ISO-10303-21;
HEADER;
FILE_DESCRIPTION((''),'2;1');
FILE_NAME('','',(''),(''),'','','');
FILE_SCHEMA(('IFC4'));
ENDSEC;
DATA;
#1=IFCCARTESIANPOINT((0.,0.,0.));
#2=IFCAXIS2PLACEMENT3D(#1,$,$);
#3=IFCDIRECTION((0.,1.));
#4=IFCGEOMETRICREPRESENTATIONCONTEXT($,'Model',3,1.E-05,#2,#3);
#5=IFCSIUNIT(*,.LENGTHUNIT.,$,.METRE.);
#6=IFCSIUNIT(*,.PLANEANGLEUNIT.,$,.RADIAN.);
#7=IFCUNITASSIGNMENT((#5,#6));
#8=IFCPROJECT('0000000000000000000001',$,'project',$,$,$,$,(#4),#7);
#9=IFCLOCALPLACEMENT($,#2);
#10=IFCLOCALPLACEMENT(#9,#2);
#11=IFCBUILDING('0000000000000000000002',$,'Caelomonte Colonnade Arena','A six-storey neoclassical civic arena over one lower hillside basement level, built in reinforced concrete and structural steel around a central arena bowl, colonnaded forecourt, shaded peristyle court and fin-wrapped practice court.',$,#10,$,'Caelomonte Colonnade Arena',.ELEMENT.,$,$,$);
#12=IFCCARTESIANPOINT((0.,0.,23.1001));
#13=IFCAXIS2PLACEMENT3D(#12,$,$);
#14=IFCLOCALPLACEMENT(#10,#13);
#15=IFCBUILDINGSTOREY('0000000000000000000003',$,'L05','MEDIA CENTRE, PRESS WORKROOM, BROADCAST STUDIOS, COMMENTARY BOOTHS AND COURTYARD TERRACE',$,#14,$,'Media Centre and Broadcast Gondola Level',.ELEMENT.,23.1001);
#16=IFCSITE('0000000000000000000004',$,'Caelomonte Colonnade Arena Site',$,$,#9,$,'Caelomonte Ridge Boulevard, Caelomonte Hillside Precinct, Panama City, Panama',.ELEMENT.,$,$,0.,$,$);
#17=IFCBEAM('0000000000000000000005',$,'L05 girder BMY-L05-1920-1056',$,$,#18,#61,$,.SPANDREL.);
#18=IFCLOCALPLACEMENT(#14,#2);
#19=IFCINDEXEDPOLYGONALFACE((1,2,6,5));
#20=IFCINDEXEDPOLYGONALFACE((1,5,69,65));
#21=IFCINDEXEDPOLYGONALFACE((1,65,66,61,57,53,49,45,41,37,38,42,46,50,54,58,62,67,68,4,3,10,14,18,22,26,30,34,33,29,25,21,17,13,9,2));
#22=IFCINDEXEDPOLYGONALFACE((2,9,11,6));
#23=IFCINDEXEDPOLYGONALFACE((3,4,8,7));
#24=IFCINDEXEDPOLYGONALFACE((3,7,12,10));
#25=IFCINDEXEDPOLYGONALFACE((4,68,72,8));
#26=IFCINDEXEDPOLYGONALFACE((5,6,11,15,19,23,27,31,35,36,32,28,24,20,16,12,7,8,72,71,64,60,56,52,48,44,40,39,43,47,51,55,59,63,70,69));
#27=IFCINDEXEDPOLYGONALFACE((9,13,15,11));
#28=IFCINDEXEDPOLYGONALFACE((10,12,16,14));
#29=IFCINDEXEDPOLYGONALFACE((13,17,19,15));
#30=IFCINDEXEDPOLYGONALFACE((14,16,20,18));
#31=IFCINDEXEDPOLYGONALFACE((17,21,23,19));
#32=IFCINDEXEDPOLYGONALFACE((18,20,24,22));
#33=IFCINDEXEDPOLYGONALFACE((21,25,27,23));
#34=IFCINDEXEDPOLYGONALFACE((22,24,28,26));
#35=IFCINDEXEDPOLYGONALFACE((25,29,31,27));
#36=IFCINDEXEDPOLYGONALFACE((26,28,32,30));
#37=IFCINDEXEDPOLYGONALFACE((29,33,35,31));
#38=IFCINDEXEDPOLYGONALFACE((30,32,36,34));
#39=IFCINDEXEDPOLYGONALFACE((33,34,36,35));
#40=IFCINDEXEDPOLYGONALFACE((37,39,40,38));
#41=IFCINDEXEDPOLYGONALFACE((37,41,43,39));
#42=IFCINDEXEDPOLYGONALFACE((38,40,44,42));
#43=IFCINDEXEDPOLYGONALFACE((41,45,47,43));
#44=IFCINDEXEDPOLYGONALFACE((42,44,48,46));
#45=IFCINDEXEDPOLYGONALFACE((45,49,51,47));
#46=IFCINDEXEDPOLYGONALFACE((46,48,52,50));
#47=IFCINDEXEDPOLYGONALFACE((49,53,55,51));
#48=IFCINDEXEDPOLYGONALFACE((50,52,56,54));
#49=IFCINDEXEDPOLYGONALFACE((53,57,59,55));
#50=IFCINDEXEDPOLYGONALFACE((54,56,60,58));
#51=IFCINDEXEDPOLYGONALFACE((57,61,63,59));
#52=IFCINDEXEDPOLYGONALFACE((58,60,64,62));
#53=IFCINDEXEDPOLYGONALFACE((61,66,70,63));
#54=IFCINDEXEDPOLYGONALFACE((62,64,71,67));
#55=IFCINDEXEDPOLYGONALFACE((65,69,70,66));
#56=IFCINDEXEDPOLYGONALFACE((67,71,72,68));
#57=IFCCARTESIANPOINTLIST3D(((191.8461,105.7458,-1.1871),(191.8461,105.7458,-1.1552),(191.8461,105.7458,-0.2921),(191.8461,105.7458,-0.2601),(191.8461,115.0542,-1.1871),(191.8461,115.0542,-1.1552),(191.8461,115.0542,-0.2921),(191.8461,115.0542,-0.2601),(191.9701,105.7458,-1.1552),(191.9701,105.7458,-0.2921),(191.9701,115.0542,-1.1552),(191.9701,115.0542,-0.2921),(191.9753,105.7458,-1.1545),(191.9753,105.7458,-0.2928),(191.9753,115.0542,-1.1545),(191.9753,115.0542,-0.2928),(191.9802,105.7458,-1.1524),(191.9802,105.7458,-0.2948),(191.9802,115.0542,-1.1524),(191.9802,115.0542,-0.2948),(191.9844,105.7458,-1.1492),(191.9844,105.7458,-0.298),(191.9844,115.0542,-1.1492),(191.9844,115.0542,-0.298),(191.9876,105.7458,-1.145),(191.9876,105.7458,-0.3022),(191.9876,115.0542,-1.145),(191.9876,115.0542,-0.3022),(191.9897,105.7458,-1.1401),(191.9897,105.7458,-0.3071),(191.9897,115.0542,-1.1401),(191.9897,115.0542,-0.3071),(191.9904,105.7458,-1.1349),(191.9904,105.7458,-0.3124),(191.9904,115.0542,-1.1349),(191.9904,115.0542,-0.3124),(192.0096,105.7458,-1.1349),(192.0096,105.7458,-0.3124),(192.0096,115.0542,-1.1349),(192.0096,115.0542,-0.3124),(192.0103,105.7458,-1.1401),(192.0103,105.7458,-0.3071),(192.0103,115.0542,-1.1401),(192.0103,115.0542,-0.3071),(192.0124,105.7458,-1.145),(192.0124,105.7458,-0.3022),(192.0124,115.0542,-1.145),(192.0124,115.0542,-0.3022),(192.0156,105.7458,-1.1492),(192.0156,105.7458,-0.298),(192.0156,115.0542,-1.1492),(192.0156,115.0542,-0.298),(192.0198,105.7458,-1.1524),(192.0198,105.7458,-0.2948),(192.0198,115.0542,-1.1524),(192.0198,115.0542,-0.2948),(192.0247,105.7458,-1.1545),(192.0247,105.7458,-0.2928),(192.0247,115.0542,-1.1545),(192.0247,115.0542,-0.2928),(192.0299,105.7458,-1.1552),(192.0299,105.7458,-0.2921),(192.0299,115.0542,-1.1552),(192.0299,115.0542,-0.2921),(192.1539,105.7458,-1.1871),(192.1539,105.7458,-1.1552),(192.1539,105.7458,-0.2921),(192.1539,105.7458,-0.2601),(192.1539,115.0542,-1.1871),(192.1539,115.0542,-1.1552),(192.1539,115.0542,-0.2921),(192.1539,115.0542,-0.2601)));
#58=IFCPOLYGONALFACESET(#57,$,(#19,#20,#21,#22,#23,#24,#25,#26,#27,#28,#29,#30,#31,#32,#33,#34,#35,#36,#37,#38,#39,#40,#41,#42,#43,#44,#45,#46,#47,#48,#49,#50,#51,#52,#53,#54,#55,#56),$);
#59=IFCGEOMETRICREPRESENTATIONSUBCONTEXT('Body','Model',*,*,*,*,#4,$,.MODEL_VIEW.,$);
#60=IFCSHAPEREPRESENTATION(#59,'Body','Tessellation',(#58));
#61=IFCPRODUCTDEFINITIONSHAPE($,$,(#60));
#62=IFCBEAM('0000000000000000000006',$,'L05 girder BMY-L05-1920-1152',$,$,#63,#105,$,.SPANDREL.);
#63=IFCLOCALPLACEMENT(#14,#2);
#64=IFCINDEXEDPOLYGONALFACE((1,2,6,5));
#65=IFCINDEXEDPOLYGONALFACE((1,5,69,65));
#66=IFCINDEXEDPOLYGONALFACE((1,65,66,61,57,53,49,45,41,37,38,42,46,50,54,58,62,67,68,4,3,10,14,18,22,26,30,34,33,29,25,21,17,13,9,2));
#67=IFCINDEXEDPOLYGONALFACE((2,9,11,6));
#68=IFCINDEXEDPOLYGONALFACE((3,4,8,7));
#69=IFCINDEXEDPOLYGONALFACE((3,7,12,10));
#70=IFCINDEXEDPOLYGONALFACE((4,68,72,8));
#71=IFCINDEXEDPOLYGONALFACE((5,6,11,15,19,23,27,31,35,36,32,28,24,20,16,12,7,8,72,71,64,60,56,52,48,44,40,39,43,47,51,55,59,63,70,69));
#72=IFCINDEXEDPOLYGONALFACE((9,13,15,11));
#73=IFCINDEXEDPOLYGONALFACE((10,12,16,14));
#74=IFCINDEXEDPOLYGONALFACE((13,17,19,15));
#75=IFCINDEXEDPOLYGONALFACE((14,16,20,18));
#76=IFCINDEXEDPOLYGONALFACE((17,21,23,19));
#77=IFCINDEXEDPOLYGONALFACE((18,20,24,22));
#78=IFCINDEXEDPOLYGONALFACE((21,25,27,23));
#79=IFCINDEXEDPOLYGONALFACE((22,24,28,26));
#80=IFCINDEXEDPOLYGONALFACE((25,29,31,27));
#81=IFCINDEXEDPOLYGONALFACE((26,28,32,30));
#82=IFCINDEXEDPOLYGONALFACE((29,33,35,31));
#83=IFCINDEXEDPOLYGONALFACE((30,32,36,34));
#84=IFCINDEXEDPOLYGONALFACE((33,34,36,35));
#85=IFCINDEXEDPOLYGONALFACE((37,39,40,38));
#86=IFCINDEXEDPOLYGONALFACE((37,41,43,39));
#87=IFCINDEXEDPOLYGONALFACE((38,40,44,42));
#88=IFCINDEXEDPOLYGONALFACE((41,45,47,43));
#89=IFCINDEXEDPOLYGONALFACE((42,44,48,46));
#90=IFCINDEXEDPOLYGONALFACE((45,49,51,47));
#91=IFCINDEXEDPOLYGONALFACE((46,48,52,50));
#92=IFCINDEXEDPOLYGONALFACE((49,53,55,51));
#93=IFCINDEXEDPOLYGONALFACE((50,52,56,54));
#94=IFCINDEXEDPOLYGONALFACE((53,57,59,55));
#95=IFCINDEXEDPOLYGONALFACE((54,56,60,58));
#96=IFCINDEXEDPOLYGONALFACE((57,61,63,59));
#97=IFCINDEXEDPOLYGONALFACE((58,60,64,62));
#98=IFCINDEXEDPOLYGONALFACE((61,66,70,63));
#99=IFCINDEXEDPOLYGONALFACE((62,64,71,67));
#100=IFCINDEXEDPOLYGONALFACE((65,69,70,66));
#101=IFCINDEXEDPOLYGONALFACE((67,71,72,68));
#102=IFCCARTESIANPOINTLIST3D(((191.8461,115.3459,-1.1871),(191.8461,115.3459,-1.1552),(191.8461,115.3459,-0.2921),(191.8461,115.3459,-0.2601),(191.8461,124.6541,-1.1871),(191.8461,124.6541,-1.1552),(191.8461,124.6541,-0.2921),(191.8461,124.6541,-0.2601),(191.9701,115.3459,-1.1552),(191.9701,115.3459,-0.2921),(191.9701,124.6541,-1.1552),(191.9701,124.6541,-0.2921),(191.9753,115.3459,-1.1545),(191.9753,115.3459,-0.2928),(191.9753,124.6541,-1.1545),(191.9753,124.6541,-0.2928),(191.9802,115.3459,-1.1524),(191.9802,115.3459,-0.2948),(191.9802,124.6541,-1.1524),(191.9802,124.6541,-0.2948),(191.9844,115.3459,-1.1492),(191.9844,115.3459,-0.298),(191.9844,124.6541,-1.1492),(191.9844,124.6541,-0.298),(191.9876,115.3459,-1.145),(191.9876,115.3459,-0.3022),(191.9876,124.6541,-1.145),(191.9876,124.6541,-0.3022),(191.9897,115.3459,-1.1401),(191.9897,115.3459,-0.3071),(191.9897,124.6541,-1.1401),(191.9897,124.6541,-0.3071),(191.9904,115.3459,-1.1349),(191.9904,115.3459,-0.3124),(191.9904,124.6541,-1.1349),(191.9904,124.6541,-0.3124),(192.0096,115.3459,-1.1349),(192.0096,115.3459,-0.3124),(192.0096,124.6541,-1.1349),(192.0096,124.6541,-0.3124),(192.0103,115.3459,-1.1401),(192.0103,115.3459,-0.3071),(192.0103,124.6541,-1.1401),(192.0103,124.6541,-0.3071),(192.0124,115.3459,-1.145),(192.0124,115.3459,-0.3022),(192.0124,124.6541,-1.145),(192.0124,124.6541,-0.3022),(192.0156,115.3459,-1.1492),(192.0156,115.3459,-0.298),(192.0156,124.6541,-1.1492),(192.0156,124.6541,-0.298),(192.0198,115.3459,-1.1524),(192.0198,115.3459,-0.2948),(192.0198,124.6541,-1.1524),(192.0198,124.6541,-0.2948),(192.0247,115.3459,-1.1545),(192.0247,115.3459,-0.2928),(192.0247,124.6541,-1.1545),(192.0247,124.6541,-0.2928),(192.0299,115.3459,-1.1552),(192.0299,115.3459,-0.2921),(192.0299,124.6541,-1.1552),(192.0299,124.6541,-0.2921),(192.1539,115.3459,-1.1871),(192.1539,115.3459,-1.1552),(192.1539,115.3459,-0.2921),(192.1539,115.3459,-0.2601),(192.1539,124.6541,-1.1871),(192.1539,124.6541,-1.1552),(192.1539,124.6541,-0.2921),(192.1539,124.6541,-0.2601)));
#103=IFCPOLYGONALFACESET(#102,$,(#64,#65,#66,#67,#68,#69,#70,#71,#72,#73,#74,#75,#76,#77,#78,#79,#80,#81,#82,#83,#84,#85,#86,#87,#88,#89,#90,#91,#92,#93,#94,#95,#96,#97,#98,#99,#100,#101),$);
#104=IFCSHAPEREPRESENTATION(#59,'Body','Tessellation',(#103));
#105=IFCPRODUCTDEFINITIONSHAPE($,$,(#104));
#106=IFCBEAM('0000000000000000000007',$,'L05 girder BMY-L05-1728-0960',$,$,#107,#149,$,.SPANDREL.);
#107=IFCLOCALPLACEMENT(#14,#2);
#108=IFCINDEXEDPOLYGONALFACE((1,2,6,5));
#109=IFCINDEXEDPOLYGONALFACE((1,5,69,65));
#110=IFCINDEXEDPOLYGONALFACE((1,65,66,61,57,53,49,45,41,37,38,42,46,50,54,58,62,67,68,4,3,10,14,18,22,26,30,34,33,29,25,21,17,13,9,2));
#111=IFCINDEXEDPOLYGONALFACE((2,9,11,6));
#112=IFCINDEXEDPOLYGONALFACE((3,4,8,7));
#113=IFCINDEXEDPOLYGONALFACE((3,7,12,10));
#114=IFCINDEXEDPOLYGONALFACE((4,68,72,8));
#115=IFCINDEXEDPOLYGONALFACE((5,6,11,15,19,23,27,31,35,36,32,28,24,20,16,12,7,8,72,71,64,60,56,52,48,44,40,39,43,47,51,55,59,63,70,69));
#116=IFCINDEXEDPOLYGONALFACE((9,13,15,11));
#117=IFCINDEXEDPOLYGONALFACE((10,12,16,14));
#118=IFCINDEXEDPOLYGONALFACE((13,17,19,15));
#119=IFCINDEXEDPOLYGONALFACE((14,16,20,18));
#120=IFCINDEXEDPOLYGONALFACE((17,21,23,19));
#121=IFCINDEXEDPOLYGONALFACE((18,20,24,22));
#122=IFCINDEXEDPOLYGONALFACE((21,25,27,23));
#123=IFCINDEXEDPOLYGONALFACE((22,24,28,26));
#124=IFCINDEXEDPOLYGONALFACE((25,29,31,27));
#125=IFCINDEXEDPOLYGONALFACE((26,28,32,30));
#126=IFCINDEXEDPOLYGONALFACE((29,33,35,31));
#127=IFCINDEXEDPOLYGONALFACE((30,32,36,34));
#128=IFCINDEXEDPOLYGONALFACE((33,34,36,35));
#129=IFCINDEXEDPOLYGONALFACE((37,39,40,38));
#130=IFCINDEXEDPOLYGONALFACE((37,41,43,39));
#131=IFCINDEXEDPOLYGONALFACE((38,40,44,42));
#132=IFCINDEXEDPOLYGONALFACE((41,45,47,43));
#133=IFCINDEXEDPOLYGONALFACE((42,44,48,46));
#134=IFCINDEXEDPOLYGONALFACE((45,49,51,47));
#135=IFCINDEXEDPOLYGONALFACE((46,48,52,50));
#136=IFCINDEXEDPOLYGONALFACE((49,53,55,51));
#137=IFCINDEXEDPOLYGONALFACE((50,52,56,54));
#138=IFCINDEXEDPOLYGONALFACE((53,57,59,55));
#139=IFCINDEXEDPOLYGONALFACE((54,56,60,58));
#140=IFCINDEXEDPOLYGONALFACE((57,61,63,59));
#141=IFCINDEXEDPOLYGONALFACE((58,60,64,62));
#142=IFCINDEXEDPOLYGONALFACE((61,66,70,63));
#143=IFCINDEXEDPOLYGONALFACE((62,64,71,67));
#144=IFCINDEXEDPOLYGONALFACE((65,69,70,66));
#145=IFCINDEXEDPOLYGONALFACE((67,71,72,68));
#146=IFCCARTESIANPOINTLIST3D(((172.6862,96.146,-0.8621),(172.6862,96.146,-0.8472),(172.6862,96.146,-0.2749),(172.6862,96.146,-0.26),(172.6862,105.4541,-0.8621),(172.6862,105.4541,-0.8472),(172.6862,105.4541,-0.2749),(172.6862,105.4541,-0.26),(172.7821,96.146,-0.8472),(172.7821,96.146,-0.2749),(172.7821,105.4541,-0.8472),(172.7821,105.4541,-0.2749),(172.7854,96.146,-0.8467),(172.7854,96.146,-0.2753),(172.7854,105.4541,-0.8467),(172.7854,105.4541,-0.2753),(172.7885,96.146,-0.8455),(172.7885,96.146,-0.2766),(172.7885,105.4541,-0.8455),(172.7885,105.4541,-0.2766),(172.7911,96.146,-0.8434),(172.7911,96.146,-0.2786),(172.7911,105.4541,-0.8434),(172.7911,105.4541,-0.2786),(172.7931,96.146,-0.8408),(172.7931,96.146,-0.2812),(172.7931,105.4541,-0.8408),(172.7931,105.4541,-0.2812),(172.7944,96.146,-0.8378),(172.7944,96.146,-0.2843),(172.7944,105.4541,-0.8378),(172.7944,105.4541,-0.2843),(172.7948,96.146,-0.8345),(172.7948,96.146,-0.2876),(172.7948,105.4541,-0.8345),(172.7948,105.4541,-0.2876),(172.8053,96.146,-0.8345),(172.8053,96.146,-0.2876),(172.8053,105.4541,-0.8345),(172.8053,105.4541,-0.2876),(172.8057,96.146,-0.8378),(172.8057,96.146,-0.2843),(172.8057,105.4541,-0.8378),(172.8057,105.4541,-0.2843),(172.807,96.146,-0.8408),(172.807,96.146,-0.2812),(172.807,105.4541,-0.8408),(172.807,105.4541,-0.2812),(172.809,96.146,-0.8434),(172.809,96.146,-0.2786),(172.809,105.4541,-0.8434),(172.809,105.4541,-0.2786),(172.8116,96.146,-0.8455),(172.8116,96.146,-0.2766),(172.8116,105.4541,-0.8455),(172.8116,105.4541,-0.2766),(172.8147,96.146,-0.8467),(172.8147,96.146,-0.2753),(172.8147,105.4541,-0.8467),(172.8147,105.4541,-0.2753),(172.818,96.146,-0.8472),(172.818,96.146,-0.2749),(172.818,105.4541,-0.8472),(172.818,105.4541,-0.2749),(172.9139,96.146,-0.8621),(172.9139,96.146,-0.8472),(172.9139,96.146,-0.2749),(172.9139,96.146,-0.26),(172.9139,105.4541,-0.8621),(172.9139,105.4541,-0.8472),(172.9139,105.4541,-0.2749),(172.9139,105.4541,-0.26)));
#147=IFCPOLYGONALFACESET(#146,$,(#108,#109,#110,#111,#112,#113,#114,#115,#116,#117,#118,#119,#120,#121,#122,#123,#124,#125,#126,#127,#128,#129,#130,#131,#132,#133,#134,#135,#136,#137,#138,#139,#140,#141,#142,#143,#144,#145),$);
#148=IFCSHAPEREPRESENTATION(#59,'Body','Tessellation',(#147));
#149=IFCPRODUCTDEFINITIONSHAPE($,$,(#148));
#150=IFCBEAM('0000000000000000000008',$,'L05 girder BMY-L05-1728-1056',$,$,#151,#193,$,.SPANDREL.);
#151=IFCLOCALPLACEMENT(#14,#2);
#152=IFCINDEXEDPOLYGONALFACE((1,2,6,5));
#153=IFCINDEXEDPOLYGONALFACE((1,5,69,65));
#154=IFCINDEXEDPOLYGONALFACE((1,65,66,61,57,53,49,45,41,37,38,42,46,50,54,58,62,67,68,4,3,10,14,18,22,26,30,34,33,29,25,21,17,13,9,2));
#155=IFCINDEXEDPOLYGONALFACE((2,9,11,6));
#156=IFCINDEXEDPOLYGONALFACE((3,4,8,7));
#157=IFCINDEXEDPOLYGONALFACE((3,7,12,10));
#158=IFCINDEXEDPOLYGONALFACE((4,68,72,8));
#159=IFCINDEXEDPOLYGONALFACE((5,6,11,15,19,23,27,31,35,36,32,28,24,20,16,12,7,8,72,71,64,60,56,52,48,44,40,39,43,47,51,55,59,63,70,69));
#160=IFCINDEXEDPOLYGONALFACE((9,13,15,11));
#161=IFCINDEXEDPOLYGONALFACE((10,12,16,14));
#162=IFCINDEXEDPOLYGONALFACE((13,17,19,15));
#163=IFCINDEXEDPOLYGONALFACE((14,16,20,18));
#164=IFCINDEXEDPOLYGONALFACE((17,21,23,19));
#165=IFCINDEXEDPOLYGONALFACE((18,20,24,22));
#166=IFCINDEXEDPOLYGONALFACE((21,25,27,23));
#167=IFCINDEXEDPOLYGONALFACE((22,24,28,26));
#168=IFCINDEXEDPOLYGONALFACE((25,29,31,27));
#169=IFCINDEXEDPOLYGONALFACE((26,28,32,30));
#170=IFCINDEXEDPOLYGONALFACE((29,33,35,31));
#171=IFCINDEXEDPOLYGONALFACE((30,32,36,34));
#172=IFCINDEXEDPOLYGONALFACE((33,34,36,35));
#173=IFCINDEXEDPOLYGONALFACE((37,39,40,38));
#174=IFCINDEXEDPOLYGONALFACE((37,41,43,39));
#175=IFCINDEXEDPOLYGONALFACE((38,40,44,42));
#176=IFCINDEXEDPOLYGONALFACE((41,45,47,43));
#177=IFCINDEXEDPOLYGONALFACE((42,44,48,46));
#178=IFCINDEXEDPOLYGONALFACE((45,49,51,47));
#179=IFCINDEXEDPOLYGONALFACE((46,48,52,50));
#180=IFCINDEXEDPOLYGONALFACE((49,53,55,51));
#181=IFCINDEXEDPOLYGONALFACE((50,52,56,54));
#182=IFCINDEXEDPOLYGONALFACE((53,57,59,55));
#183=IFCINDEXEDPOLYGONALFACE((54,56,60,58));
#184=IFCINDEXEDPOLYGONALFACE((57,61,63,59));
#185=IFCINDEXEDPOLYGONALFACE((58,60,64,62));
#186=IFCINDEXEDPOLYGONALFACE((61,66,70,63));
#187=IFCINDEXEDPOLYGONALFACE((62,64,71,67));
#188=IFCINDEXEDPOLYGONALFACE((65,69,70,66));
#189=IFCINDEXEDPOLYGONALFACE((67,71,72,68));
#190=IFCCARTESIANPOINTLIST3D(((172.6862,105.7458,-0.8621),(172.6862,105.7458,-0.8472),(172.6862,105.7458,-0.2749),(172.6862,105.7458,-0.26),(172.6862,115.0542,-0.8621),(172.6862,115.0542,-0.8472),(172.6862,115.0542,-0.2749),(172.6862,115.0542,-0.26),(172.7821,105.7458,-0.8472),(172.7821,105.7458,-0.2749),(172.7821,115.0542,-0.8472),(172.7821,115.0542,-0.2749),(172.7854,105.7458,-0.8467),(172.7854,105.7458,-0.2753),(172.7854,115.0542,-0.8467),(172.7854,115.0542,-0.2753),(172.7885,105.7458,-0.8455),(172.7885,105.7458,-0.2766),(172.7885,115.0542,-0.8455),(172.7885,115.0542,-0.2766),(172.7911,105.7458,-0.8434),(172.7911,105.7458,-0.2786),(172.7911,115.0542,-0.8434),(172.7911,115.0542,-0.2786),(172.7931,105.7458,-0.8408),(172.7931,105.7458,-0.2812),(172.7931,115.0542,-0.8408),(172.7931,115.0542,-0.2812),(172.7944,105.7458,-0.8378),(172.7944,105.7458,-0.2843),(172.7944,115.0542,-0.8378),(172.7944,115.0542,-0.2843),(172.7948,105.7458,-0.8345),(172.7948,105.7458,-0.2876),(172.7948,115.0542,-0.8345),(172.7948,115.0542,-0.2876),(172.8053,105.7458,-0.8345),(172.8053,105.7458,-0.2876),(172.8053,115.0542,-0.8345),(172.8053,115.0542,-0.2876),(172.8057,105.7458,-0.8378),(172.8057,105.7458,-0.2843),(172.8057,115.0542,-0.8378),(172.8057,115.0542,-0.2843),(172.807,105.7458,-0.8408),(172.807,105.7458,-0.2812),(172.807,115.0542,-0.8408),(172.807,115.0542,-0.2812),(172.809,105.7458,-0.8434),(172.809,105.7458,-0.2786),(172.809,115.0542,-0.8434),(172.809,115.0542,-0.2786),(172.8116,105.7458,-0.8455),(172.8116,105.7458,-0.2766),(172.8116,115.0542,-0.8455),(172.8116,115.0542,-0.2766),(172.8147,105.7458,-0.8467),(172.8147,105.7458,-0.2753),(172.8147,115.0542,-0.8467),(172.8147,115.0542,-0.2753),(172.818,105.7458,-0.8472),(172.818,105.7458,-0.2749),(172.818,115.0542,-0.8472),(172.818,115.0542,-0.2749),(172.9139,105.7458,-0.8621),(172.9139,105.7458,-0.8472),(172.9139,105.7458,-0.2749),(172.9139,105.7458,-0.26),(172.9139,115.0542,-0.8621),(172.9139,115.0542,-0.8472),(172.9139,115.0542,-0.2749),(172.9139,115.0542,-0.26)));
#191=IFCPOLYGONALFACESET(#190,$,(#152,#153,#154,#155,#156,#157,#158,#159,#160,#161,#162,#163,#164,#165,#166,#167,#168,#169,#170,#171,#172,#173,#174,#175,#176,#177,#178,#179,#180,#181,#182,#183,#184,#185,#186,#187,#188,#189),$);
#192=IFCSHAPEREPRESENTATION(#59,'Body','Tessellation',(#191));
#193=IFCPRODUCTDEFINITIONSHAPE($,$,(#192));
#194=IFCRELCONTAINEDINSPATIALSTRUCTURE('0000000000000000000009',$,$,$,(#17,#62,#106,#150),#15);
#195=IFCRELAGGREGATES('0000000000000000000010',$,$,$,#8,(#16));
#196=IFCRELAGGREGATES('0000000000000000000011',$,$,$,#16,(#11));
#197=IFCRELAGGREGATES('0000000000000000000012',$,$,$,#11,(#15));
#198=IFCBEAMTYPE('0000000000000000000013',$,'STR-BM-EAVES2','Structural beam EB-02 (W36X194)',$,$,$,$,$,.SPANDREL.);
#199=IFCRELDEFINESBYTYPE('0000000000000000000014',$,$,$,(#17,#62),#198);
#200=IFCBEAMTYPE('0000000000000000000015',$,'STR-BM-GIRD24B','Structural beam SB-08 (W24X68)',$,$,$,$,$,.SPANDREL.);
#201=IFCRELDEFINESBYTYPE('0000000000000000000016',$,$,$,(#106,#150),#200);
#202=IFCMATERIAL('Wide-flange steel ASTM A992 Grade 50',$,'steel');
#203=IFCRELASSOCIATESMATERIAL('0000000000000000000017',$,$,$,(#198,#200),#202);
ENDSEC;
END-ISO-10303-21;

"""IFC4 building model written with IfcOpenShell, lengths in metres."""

from ifc_helpers import new_model, si_unit, direction, frame, origin, origin_2d, place, context, subcontext, project, spatial, i_section, extrude, material, material_profile, profile_set, type_object, element, save


model = new_model("IFC4")

# Units and contexts
model_context = context("Model", 3, precision=1e-05, world=origin(), true_north=direction((0.0, 1.0)))
body_context = subcontext(model_context, "Body", "Model", "MODEL_VIEW")
ifc_project = project(units=[si_unit("LENGTHUNIT", "METRE"), si_unit("PLANEANGLEUNIT", "RADIAN")], contexts=[model_context])

# Site, building, storey
site_placement = place(None, origin())
site = spatial("IfcSite", under=ifc_project, at=site_placement, Name="Caelomonte Colonnade Arena Site", LongName="Caelomonte Ridge Boulevard, Caelomonte Hillside Precinct, Panama City, Panama", CompositionType="ELEMENT", RefElevation=0.0)
building_placement = place(site_placement, origin())
building = spatial("IfcBuilding", under=site, at=building_placement, Name="Caelomonte Colonnade Arena", Description="A six-storey neoclassical civic arena over one lower hillside basement level, built in reinforced concrete and structural steel around a central arena bowl, colonnaded forecourt, shaded peristyle court and fin-wrapped practice court.", LongName="Caelomonte Colonnade Arena", CompositionType="ELEMENT")
storey_placement = place(building_placement, frame((0.0, 0.0, 23.1001)))
storey = spatial("IfcBuildingStorey", under=building, at=storey_placement, Name="L05", Description="MEDIA CENTRE, PRESS WORKROOM, BROADCAST STUDIOS, COMMENTARY BOOTHS AND COURTYARD TERRACE", LongName="Media Centre and Broadcast Gondola Level", CompositionType="ELEMENT", Elevation=23.1001)

# Shared definitions
ifc_material_1 = material(Name="Wide-flange steel ASTM A992 Grade 50", Category="steel")

# Beams
ifc_material_profile_1 = material_profile(ifc_material_1, i_section(OverallWidth=0.3079, OverallDepth=0.927, WebThickness=0.0193, FlangeThickness=0.032, FilletRadius=0.0203, at=origin_2d()), Name="W36X194")
ifc_profile_set_1 = profile_set([ifc_material_profile_1], Name="Wide-flange steel ASTM A992 Grade 50")
beam_type_1 = type_object("IfcBeamType", Name="STR-BM-EAVES2", Description="Structural beam EB-02 (W36X194)", PredefinedType="SPANDREL", material=ifc_profile_set_1)
beam_1_placement = place(storey_placement, frame((192.0, 105.7458, -0.7236), z_axis=(0.0, 1.0, 0.0), x_axis=(-1.0, 0.0, 0.0)))
element("IfcBeam", 1, at=beam_1_placement, inside=storey, type_object=beam_type_1, Name="L05 girder BMY-L05-1920-1056", PredefinedType="SPANDREL", context=body_context, shape_type="SweptSolid", body=[
    extrude(i_section(OverallWidth=0.3079, OverallDepth=0.927, WebThickness=0.0193, FlangeThickness=0.032, FilletRadius=0.0203, at=origin_2d()), origin(), (0.0, 0.0, 1.0), 9.3083),
])
beam_2_placement = place(storey_placement, frame((192.0, 115.3459, -0.7236), z_axis=(0.0, 1.0, 0.0), x_axis=(-1.0, 0.0, 0.0)))
element("IfcBeam", 2, at=beam_2_placement, inside=storey, type_object=beam_type_1, Name="L05 girder BMY-L05-1920-1152", PredefinedType="SPANDREL", context=body_context, shape_type="SweptSolid", body=[
    extrude(i_section(OverallWidth=0.3079, OverallDepth=0.927, WebThickness=0.0193, FlangeThickness=0.032, FilletRadius=0.0203, at=origin_2d()), origin(), (0.0, 0.0, 1.0), 9.3081),
])
ifc_material_profile_2 = material_profile(ifc_material_1, i_section(OverallWidth=0.2278, OverallDepth=0.6021, WebThickness=0.0105, FlangeThickness=0.0149, FilletRadius=0.0127, at=origin_2d()), Name="W24X68")
ifc_profile_set_2 = profile_set([ifc_material_profile_2], Name="Wide-flange steel ASTM A992 Grade 50")
beam_type_2 = type_object("IfcBeamType", Name="STR-BM-GIRD24B", Description="Structural beam SB-08 (W24X68)", PredefinedType="SPANDREL", material=ifc_profile_set_2)
beam_3_placement = place(storey_placement, frame((172.8, 96.146, -0.561), z_axis=(0.0, 1.0, 0.0), x_axis=(-1.0, 0.0, 0.0)))
element("IfcBeam", 3, at=beam_3_placement, inside=storey, type_object=beam_type_2, Name="L05 girder BMY-L05-1728-0960", PredefinedType="SPANDREL", context=body_context, shape_type="SweptSolid", body=[
    extrude(i_section(OverallWidth=0.2278, OverallDepth=0.6021, WebThickness=0.0105, FlangeThickness=0.0149, FilletRadius=0.0127, at=origin_2d()), origin(), (0.0, 0.0, 1.0), 9.3081),
])
beam_4_placement = place(storey_placement, frame((172.8, 105.7458, -0.561), z_axis=(0.0, 1.0, 0.0), x_axis=(-1.0, 0.0, 0.0)))
element("IfcBeam", 4, at=beam_4_placement, inside=storey, type_object=beam_type_2, Name="L05 girder BMY-L05-1728-1056", PredefinedType="SPANDREL", context=body_context, shape_type="SweptSolid", body=[
    extrude(i_section(OverallWidth=0.2278, OverallDepth=0.6021, WebThickness=0.0105, FlangeThickness=0.0149, FilletRadius=0.0127, at=origin_2d()), origin(), (0.0, 0.0, 1.0), 9.3083),
])

save(model, "model.ifc")
